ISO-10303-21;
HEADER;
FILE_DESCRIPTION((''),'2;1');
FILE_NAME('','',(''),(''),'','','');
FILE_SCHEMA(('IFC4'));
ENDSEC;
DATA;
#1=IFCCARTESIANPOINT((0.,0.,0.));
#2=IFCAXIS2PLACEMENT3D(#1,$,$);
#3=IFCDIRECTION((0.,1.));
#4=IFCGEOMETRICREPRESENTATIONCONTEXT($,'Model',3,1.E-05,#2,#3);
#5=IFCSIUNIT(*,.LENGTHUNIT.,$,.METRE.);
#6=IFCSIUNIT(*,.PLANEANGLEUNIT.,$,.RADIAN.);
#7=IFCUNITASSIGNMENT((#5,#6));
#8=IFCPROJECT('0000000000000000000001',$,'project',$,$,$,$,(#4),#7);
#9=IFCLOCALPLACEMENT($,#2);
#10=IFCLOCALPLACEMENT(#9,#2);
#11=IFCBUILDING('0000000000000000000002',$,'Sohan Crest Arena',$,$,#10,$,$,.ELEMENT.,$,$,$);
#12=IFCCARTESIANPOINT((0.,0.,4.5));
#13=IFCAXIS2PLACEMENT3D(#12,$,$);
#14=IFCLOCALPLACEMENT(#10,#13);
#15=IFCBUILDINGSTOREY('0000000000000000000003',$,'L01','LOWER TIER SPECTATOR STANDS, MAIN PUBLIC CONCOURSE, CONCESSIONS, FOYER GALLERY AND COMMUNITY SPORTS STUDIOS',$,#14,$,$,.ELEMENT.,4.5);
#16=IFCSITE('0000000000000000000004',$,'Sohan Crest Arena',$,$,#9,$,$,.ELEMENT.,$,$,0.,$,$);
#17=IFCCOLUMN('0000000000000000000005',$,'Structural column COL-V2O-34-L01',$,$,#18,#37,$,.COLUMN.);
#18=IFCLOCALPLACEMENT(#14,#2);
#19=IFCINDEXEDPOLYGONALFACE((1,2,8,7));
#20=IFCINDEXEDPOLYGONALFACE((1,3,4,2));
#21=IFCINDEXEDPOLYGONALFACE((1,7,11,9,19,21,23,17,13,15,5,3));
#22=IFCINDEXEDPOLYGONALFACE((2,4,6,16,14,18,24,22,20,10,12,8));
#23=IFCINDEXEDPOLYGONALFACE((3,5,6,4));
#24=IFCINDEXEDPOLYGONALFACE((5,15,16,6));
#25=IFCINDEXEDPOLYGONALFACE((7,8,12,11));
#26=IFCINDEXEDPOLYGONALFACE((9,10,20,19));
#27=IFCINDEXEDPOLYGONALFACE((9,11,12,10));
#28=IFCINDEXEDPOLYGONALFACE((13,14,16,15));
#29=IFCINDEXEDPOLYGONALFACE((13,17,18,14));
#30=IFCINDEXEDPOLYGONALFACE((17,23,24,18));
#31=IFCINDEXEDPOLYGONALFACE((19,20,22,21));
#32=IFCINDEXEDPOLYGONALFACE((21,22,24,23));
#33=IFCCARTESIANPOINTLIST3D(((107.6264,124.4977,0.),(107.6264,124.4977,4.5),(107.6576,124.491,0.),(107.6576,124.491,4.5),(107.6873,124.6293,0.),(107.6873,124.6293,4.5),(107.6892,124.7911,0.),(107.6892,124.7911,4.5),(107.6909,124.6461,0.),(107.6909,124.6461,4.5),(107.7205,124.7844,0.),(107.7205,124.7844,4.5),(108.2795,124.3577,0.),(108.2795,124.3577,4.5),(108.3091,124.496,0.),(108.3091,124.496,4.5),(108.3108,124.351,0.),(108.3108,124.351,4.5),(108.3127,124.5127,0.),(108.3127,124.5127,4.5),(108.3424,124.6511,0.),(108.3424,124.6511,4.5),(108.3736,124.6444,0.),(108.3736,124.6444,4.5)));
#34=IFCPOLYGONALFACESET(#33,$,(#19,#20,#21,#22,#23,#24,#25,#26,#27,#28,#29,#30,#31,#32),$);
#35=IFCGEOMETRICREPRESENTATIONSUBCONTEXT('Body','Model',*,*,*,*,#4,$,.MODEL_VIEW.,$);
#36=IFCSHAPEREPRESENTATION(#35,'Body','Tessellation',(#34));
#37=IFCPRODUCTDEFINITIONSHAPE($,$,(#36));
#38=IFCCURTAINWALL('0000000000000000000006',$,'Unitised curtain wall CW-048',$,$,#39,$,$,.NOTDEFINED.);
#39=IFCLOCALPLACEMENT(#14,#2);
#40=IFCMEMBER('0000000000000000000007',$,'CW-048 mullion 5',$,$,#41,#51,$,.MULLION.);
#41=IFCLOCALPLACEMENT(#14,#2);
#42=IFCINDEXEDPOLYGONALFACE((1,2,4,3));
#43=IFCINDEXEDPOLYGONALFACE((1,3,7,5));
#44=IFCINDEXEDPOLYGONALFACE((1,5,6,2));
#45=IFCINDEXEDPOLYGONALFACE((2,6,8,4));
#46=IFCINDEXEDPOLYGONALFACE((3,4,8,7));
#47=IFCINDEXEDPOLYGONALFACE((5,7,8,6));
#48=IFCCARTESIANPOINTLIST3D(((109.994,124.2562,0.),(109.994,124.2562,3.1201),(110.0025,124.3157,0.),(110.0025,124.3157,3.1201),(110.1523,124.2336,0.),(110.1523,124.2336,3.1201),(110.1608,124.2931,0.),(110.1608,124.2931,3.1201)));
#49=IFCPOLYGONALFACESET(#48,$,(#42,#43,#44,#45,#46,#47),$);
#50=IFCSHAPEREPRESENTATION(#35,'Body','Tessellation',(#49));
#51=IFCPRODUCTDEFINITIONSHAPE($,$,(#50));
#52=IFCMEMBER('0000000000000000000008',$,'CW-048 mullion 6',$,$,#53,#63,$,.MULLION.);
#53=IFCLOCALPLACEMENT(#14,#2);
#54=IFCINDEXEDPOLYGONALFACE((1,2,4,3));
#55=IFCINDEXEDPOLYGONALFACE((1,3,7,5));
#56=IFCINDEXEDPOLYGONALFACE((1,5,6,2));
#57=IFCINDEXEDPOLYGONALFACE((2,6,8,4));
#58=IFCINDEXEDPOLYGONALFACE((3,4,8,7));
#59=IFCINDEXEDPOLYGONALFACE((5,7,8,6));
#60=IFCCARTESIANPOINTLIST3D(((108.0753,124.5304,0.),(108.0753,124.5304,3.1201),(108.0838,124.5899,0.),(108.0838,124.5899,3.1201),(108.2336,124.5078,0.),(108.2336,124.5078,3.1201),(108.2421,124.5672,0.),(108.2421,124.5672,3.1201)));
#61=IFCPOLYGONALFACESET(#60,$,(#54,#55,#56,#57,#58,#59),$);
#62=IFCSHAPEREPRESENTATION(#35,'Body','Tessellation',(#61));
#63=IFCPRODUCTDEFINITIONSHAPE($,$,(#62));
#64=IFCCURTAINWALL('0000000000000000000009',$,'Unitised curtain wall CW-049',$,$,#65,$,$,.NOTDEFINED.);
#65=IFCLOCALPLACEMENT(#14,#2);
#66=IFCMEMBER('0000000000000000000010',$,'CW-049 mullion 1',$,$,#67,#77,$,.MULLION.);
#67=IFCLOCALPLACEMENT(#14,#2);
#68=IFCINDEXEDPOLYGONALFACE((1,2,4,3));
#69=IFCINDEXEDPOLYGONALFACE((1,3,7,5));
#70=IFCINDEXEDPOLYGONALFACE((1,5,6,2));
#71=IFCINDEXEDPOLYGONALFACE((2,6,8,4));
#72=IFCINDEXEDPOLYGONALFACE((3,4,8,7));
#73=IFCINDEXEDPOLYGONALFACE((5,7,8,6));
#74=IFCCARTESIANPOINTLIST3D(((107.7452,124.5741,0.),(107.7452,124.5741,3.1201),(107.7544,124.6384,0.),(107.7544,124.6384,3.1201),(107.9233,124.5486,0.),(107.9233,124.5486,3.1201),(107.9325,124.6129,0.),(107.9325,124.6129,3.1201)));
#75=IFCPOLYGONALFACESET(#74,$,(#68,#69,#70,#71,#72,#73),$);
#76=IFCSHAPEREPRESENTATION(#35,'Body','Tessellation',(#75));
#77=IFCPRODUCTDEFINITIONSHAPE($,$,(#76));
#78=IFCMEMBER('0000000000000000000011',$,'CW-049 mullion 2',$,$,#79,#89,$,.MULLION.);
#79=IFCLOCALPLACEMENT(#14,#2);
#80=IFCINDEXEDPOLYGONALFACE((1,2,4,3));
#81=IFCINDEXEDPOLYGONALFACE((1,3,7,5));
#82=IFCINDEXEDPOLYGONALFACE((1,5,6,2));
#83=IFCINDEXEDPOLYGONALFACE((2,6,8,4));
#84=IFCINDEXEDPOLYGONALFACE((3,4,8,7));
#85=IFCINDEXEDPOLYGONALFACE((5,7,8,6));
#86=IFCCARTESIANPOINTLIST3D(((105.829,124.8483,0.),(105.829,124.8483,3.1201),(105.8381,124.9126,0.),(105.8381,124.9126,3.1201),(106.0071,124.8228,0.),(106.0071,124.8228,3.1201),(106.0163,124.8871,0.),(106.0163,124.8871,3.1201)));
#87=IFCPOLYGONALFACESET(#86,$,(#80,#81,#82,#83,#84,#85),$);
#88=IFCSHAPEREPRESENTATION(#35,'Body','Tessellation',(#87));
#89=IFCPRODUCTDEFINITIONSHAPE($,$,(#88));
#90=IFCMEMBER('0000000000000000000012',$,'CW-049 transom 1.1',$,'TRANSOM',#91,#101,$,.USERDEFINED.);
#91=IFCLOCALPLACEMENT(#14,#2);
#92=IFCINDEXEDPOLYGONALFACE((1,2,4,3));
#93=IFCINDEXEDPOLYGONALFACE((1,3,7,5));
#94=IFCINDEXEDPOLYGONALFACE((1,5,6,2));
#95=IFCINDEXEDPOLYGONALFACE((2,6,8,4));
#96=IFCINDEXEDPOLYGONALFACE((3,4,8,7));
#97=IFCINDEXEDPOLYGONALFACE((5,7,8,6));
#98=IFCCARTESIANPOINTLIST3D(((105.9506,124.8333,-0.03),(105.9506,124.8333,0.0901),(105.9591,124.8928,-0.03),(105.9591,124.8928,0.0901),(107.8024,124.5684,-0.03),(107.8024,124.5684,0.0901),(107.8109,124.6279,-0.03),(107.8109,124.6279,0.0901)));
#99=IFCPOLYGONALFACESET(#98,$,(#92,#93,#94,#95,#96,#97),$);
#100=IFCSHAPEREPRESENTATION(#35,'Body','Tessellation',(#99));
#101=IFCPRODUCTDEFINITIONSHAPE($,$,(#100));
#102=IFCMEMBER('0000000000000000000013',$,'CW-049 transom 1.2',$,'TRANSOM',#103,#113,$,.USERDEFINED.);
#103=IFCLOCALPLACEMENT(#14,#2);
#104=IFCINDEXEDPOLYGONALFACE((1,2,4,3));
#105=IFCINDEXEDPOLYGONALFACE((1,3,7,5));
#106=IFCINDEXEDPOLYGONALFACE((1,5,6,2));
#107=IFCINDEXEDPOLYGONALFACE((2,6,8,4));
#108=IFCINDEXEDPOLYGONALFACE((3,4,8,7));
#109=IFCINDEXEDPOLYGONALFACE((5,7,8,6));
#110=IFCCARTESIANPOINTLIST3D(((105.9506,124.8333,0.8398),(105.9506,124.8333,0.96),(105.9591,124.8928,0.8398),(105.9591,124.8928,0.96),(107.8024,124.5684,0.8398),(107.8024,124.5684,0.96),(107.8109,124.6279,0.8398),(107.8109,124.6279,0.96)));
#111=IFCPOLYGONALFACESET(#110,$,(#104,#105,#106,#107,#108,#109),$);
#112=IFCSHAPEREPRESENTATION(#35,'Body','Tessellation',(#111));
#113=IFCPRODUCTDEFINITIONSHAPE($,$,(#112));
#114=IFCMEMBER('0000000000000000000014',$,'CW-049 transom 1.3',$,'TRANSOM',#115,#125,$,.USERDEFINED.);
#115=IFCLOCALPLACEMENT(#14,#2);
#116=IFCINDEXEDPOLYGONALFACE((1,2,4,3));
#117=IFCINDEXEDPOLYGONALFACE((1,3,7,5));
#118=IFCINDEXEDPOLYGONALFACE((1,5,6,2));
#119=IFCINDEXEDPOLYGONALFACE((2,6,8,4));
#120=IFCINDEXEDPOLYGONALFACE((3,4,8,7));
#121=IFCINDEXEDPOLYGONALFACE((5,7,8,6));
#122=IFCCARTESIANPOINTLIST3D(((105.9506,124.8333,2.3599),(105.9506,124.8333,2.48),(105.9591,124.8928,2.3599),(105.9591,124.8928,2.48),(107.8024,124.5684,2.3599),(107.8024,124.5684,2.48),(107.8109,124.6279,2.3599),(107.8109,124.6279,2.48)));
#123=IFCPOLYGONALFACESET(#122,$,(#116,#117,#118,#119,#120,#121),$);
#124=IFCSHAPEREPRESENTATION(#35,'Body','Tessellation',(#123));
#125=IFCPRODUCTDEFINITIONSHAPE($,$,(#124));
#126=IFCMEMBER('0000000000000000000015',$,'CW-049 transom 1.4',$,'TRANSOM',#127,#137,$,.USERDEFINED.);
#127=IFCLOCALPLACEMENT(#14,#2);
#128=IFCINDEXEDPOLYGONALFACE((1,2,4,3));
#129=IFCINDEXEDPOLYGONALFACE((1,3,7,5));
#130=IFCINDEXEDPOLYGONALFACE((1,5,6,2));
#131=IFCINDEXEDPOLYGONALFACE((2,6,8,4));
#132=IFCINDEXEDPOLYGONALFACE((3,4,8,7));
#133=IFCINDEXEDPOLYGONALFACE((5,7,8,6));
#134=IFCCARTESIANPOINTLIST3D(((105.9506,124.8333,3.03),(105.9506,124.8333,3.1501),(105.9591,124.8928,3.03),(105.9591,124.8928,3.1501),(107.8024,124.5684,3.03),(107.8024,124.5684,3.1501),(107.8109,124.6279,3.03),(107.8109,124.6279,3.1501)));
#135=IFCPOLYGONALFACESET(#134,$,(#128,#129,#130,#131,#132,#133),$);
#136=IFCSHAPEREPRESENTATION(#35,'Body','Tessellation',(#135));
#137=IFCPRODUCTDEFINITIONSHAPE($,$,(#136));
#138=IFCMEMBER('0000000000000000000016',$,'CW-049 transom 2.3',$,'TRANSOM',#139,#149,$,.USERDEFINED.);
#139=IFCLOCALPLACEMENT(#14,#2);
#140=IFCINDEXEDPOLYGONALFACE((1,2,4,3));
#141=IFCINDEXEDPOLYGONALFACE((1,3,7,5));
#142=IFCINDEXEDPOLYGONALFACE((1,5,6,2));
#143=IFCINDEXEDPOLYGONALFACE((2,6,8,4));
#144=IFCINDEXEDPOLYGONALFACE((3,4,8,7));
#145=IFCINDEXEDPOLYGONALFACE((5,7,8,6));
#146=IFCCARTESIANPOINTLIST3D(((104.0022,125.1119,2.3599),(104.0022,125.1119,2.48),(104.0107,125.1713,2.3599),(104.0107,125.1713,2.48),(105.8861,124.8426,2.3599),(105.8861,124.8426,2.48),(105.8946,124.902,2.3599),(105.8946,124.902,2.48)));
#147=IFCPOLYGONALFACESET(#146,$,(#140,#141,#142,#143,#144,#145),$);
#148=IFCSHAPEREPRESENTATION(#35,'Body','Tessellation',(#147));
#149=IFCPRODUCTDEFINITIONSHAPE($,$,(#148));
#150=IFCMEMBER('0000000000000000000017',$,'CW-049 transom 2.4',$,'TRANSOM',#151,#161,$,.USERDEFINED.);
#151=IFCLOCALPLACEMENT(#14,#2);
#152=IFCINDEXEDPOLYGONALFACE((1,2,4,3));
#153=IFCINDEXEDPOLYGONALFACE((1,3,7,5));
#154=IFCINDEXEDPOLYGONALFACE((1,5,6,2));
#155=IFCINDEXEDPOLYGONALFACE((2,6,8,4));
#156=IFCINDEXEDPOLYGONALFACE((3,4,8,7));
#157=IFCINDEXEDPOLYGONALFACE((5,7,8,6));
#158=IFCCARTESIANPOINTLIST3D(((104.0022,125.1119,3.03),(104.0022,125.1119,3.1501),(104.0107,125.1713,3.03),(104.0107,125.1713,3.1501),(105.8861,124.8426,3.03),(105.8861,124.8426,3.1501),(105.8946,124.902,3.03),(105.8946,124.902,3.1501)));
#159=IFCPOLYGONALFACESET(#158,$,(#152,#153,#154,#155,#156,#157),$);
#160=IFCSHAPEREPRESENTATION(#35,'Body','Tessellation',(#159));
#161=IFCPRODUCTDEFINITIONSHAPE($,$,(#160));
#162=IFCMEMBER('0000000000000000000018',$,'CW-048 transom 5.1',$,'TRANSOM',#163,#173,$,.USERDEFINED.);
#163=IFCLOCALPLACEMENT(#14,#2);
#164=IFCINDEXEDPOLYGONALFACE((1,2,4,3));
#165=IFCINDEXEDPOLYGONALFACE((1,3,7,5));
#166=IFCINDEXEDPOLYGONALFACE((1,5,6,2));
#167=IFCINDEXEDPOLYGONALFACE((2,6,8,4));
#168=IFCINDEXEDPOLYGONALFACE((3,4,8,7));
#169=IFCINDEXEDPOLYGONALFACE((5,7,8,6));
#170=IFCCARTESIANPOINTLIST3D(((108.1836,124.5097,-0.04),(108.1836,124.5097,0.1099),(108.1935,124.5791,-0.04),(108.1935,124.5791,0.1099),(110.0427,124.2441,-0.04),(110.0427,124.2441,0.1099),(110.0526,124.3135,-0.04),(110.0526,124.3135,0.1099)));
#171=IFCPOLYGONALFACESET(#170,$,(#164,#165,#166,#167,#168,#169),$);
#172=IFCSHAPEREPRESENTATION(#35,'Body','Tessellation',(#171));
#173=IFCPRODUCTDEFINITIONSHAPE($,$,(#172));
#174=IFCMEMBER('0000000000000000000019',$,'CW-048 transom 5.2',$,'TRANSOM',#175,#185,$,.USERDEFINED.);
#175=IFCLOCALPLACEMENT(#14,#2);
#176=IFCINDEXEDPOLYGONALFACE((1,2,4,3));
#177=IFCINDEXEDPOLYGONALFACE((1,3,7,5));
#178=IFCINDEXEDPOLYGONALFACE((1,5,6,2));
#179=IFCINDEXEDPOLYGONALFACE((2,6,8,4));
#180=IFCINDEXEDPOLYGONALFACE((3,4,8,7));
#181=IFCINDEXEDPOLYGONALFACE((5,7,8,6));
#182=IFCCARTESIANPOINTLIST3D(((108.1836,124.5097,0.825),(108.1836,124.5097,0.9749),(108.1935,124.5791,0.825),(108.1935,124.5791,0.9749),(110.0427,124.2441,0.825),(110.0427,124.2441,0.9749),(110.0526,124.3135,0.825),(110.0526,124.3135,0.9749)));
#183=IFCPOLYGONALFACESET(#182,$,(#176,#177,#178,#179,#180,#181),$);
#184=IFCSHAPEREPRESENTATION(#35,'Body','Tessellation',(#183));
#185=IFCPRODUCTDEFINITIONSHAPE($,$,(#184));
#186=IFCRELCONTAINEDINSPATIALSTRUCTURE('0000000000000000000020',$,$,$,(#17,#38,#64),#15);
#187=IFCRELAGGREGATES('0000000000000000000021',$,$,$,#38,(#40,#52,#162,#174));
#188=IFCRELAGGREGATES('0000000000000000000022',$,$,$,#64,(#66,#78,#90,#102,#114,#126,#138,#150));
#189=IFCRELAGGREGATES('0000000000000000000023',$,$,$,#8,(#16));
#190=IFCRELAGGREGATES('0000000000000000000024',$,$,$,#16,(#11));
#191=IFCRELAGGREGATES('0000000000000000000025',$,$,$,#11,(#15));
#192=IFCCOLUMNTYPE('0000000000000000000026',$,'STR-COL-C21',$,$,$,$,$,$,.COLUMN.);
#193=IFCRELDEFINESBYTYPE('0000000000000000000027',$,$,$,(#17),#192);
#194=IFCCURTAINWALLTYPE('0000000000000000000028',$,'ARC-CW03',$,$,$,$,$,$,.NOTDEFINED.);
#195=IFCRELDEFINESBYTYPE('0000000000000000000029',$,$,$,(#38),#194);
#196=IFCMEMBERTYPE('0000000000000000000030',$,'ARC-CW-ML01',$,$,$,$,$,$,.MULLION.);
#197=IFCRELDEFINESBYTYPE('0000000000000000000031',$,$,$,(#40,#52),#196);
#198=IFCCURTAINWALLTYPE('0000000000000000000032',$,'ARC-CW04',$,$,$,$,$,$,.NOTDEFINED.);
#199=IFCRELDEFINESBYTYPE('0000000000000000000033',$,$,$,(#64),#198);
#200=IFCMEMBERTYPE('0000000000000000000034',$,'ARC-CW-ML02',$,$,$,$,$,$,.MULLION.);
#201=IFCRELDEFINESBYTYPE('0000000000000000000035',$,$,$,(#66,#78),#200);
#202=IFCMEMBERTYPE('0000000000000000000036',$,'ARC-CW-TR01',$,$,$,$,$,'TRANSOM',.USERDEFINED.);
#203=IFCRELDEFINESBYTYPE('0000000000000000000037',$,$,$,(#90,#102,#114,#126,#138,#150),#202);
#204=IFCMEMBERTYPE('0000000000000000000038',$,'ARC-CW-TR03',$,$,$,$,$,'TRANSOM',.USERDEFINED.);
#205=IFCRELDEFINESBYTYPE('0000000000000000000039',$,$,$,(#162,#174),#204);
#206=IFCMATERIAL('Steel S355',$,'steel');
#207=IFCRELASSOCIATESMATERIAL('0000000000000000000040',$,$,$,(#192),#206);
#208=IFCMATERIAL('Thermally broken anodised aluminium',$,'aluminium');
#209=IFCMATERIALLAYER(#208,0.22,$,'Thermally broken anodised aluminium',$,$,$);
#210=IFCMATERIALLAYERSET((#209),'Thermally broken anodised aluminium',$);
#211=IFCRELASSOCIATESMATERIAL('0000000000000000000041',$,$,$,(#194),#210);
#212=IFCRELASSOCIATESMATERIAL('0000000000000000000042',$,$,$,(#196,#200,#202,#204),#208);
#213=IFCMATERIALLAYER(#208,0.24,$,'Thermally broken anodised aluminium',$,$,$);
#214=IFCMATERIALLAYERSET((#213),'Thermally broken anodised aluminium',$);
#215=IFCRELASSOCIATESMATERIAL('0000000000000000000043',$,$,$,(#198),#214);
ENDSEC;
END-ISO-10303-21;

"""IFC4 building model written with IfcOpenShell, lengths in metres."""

from ifc_helpers import new_model, si_unit, direction, frame, origin, origin_2d, place, context, subcontext, project, spatial, rectangle, i_section, extrude, material, layer, layer_set, material_profile, profile_set, type_object, element, aggregate, save


model = new_model("IFC4")

# Units and contexts
model_context = context("Model", 3, precision=1e-05, world=origin(), true_north=direction((0.0, 1.0)))
body_context = subcontext(model_context, "Body", "Model", "MODEL_VIEW")
ifc_project = project(units=[si_unit("LENGTHUNIT", "METRE"), si_unit("PLANEANGLEUNIT", "RADIAN")], contexts=[model_context])

# Site, building, storey
site_placement = place(None, origin())
site = spatial("IfcSite", under=ifc_project, at=site_placement, Name="Sohan Crest Arena", CompositionType="ELEMENT", RefElevation=0.0)
building_placement = place(site_placement, origin())
building = spatial("IfcBuilding", under=site, at=building_placement, Name="Sohan Crest Arena", CompositionType="ELEMENT")
storey_placement = place(building_placement, frame((0.0, 0.0, 4.5)))
storey = spatial("IfcBuildingStorey", under=building, at=storey_placement, Name="L01", Description="LOWER TIER SPECTATOR STANDS, MAIN PUBLIC CONCOURSE, CONCESSIONS, FOYER GALLERY AND COMMUNITY SPORTS STUDIOS", CompositionType="ELEMENT", Elevation=4.5)

# Column
ifc_material_1 = material(Name="Steel S355", Category="steel")
ifc_material_profile_1 = material_profile(ifc_material_1, i_section(OverallWidth=0.3, OverallDepth=0.7, WebThickness=0.0171, FlangeThickness=0.032, at=origin_2d()), Name="HEB 700")
ifc_profile_set_1 = profile_set([ifc_material_profile_1], Name="Steel S355")
column_type = type_object("IfcColumnType", Name="STR-COL-C21", PredefinedType="COLUMN", material=ifc_profile_set_1)
column_placement = place(storey_placement, frame((108.0, 124.571, 0.0), z_axis=(0.0, 0.0, 1.0), x_axis=(0.209619, 0.977783, 0.0)))
element("IfcColumn", 1, at=column_placement, inside=storey, type_object=column_type, Name="Structural column COL-V2O-34-L01", PredefinedType="COLUMN", context=body_context, shape_type="SweptSolid", body=[
    extrude(i_section(OverallWidth=0.3, OverallDepth=0.7, WebThickness=0.0171, FlangeThickness=0.032, at=origin_2d()), origin(), (0.0, 0.0, 1.0), 4.5),
])

# Curtain walls, members
ifc_material_2 = material(Name="Thermally broken anodised aluminium", Category="aluminium")
ifc_layer_1 = layer(ifc_material_2, 0.22, Name="Thermally broken anodised aluminium")
ifc_layer_set_1 = layer_set([ifc_layer_1], Name="Thermally broken anodised aluminium")
curtain_wall_type_1 = type_object("IfcCurtainWallType", Name="ARC-CW03", PredefinedType="NOTDEFINED", material=ifc_layer_set_1)
curtain_wall_1_placement = place(storey_placement, origin())
curtain_wall_1 = element("IfcCurtainWall", 2, at=curtain_wall_1_placement, inside=storey, type_object=curtain_wall_type_1, Name="Unitised curtain wall CW-048", PredefinedType="NOTDEFINED")
ifc_material_profile_2 = material_profile(ifc_material_2, rectangle(XDim=0.0601, YDim=0.1599, at=origin_2d()), Name="ALU-MULL 60x160")
ifc_profile_set_2 = profile_set([ifc_material_profile_2], Name="Thermally broken anodised aluminium")
member_type_1 = type_object("IfcMemberType", Name="ARC-CW-ML01", PredefinedType="MULLION", material=ifc_profile_set_2)
member_1_placement = place(storey_placement, frame((110.0774, 124.2747, 0.0), z_axis=(0.0, 0.0, 1.0), x_axis=(-0.14145, -0.989945, 0.0)))
member_1 = element("IfcMember", 3, at=member_1_placement, type_object=member_type_1, Name="CW-048 mullion 5", PredefinedType="MULLION", context=body_context, shape_type="SweptSolid", body=[
    extrude(rectangle(XDim=0.0601, YDim=0.1599, at=origin_2d()), origin(), (0.0, 0.0, 1.0), 3.1201),
])
member_2_placement = place(storey_placement, frame((108.1587, 124.5488, 0.0), z_axis=(0.0, 0.0, 1.0), x_axis=(-0.14145, -0.989945, 0.0)))
member_2 = element("IfcMember", 4, at=member_2_placement, type_object=member_type_1, Name="CW-048 mullion 6", PredefinedType="MULLION", context=body_context, shape_type="SweptSolid", body=[
    extrude(rectangle(XDim=0.0601, YDim=0.1599, at=origin_2d()), origin(), (0.0, 0.0, 1.0), 3.1201),
])
ifc_layer_2 = layer(ifc_material_2, 0.24, Name="Thermally broken anodised aluminium")
ifc_layer_set_2 = layer_set([ifc_layer_2], Name="Thermally broken anodised aluminium")
curtain_wall_type_2 = type_object("IfcCurtainWallType", Name="ARC-CW04", PredefinedType="NOTDEFINED", material=ifc_layer_set_2)
curtain_wall_2_placement = place(storey_placement, origin())
curtain_wall_2 = element("IfcCurtainWall", 5, at=curtain_wall_2_placement, inside=storey, type_object=curtain_wall_type_2, Name="Unitised curtain wall CW-049", PredefinedType="NOTDEFINED")
ifc_material_profile_3 = material_profile(ifc_material_2, rectangle(XDim=0.0649, YDim=0.1799, at=origin_2d()), Name="ALU-MULL 65x180")
ifc_profile_set_3 = profile_set([ifc_material_profile_3], Name="Thermally broken anodised aluminium")
member_type_2 = type_object("IfcMemberType", Name="ARC-CW-ML02", PredefinedType="MULLION", material=ifc_profile_set_3)
member_3_placement = place(storey_placement, frame((107.8389, 124.5935, 0.0), z_axis=(0.0, 0.0, 1.0), x_axis=(-0.141549, -0.989931, 0.0)))
member_3 = element("IfcMember", 6, at=member_3_placement, type_object=member_type_2, Name="CW-049 mullion 1", PredefinedType="MULLION", context=body_context, shape_type="SweptSolid", body=[
    extrude(rectangle(XDim=0.0649, YDim=0.1799, at=origin_2d()), origin(), (0.0, 0.0, 1.0), 3.1201),
])
member_4_placement = place(storey_placement, frame((105.9226, 124.8677, 0.0), z_axis=(0.0, 0.0, 1.0), x_axis=(-0.141549, -0.989931, 0.0)))
member_4 = element("IfcMember", 7, at=member_4_placement, type_object=member_type_2, Name="CW-049 mullion 2", PredefinedType="MULLION", context=body_context, shape_type="SweptSolid", body=[
    extrude(rectangle(XDim=0.0649, YDim=0.1799, at=origin_2d()), origin(), (0.0, 0.0, 1.0), 3.1201),
])
ifc_material_profile_4 = material_profile(ifc_material_2, rectangle(XDim=0.0601, YDim=0.1201, at=origin_2d()), Name="ALU-TRAN 60x120")
ifc_profile_set_4 = profile_set([ifc_material_profile_4], Name="Thermally broken anodised aluminium")
member_type_3 = type_object("IfcMemberType", Name="ARC-CW-TR01", ElementType="TRANSOM", PredefinedType="USERDEFINED", material=ifc_profile_set_4)
member_5_placement = place(storey_placement, frame((107.8066, 124.5981, 0.03), z_axis=(-0.989923, 0.141604, 0.0), x_axis=(-0.141604, -0.989923, 0.0)))
member_5 = element("IfcMember", 8, at=member_5_placement, type_object=member_type_3, Name="CW-049 transom 1.1", ObjectType="TRANSOM", PredefinedType="USERDEFINED", context=body_context, shape_type="SweptSolid", body=[
    extrude(rectangle(XDim=0.0601, YDim=0.1201, at=origin_2d()), origin(), (0.0, 0.0, 1.0), 1.8706),
])
member_6_placement = place(storey_placement, frame((107.8066, 124.5981, 0.8999), z_axis=(-0.989923, 0.141604, 0.0), x_axis=(-0.141604, -0.989923, 0.0)))
member_6 = element("IfcMember", 9, at=member_6_placement, type_object=member_type_3, Name="CW-049 transom 1.2", ObjectType="TRANSOM", PredefinedType="USERDEFINED", context=body_context, shape_type="SweptSolid", body=[
    extrude(rectangle(XDim=0.0601, YDim=0.1201, at=origin_2d()), origin(), (0.0, 0.0, 1.0), 1.8706),
])
member_7_placement = place(storey_placement, frame((107.8066, 124.5981, 2.4199), z_axis=(-0.989923, 0.141604, 0.0), x_axis=(-0.141604, -0.989923, 0.0)))
member_7 = element("IfcMember", 10, at=member_7_placement, type_object=member_type_3, Name="CW-049 transom 1.3", ObjectType="TRANSOM", PredefinedType="USERDEFINED", context=body_context, shape_type="SweptSolid", body=[
    extrude(rectangle(XDim=0.0601, YDim=0.1201, at=origin_2d()), origin(), (0.0, 0.0, 1.0), 1.8706),
])
member_8_placement = place(storey_placement, frame((107.8066, 124.5981, 3.0901), z_axis=(-0.989923, 0.141604, 0.0), x_axis=(-0.141604, -0.989923, 0.0)))
member_8 = element("IfcMember", 11, at=member_8_placement, type_object=member_type_3, Name="CW-049 transom 1.4", ObjectType="TRANSOM", PredefinedType="USERDEFINED", context=body_context, shape_type="SweptSolid", body=[
    extrude(rectangle(XDim=0.0601, YDim=0.1201, at=origin_2d()), origin(), (0.0, 0.0, 1.0), 1.8706),
])
member_9_placement = place(storey_placement, frame((105.8904, 124.8723, 2.4199), z_axis=(-0.989939, 0.141493, 0.0), x_axis=(-0.141493, -0.989939, 0.0)))
member_9 = element("IfcMember", 12, at=member_9_placement, type_object=member_type_3, Name="CW-049 transom 2.3", ObjectType="TRANSOM", PredefinedType="USERDEFINED", context=body_context, shape_type="SweptSolid", body=[
    extrude(rectangle(XDim=0.0601, YDim=0.1201, at=origin_2d()), origin(), (0.0, 0.0, 1.0), 1.9031),
])
member_10_placement = place(storey_placement, frame((105.8904, 124.8723, 3.0901), z_axis=(-0.989939, 0.141493, 0.0), x_axis=(-0.141493, -0.989939, 0.0)))
member_10 = element("IfcMember", 13, at=member_10_placement, type_object=member_type_3, Name="CW-049 transom 2.4", ObjectType="TRANSOM", PredefinedType="USERDEFINED", context=body_context, shape_type="SweptSolid", body=[
    extrude(rectangle(XDim=0.0601, YDim=0.1201, at=origin_2d()), origin(), (0.0, 0.0, 1.0), 1.9031),
])

# Members
ifc_material_profile_5 = material_profile(ifc_material_2, rectangle(XDim=0.0701, YDim=0.1499, at=origin_2d()), Name="ALU-TRAN 70x150")
ifc_profile_set_5 = profile_set([ifc_material_profile_5], Name="Thermally broken anodised aluminium")
member_type_4 = type_object("IfcMemberType", Name="ARC-CW-TR03", ElementType="TRANSOM", PredefinedType="USERDEFINED", material=ifc_profile_set_5)
member_11_placement = place(storey_placement, frame((110.0476, 124.2788, 0.0349), z_axis=(-0.989947, 0.14144, 0.0), x_axis=(-0.14144, -0.989947, 0.0)))
member_11 = element("IfcMember", 14, at=member_11_placement, type_object=member_type_4, Name="CW-048 transom 5.1", ObjectType="TRANSOM", PredefinedType="USERDEFINED", context=body_context, shape_type="SweptSolid", body=[
    extrude(rectangle(XDim=0.0701, YDim=0.1499, at=origin_2d()), origin(), (0.0, 0.0, 1.0), 1.8779),
])
member_12_placement = place(storey_placement, frame((110.0476, 124.2788, 0.8999), z_axis=(-0.989947, 0.14144, 0.0), x_axis=(-0.14144, -0.989947, 0.0)))
member_12 = element("IfcMember", 15, at=member_12_placement, type_object=member_type_4, Name="CW-048 transom 5.2", ObjectType="TRANSOM", PredefinedType="USERDEFINED", context=body_context, shape_type="SweptSolid", body=[
    extrude(rectangle(XDim=0.0701, YDim=0.1499, at=origin_2d()), origin(), (0.0, 0.0, 1.0), 1.8779),
])

aggregate(curtain_wall_1, [member_1, member_2, member_11, member_12])
aggregate(curtain_wall_2, [member_3, member_4, member_5, member_6, member_7, member_8, member_9, member_10])

save(model, "model.ifc")
